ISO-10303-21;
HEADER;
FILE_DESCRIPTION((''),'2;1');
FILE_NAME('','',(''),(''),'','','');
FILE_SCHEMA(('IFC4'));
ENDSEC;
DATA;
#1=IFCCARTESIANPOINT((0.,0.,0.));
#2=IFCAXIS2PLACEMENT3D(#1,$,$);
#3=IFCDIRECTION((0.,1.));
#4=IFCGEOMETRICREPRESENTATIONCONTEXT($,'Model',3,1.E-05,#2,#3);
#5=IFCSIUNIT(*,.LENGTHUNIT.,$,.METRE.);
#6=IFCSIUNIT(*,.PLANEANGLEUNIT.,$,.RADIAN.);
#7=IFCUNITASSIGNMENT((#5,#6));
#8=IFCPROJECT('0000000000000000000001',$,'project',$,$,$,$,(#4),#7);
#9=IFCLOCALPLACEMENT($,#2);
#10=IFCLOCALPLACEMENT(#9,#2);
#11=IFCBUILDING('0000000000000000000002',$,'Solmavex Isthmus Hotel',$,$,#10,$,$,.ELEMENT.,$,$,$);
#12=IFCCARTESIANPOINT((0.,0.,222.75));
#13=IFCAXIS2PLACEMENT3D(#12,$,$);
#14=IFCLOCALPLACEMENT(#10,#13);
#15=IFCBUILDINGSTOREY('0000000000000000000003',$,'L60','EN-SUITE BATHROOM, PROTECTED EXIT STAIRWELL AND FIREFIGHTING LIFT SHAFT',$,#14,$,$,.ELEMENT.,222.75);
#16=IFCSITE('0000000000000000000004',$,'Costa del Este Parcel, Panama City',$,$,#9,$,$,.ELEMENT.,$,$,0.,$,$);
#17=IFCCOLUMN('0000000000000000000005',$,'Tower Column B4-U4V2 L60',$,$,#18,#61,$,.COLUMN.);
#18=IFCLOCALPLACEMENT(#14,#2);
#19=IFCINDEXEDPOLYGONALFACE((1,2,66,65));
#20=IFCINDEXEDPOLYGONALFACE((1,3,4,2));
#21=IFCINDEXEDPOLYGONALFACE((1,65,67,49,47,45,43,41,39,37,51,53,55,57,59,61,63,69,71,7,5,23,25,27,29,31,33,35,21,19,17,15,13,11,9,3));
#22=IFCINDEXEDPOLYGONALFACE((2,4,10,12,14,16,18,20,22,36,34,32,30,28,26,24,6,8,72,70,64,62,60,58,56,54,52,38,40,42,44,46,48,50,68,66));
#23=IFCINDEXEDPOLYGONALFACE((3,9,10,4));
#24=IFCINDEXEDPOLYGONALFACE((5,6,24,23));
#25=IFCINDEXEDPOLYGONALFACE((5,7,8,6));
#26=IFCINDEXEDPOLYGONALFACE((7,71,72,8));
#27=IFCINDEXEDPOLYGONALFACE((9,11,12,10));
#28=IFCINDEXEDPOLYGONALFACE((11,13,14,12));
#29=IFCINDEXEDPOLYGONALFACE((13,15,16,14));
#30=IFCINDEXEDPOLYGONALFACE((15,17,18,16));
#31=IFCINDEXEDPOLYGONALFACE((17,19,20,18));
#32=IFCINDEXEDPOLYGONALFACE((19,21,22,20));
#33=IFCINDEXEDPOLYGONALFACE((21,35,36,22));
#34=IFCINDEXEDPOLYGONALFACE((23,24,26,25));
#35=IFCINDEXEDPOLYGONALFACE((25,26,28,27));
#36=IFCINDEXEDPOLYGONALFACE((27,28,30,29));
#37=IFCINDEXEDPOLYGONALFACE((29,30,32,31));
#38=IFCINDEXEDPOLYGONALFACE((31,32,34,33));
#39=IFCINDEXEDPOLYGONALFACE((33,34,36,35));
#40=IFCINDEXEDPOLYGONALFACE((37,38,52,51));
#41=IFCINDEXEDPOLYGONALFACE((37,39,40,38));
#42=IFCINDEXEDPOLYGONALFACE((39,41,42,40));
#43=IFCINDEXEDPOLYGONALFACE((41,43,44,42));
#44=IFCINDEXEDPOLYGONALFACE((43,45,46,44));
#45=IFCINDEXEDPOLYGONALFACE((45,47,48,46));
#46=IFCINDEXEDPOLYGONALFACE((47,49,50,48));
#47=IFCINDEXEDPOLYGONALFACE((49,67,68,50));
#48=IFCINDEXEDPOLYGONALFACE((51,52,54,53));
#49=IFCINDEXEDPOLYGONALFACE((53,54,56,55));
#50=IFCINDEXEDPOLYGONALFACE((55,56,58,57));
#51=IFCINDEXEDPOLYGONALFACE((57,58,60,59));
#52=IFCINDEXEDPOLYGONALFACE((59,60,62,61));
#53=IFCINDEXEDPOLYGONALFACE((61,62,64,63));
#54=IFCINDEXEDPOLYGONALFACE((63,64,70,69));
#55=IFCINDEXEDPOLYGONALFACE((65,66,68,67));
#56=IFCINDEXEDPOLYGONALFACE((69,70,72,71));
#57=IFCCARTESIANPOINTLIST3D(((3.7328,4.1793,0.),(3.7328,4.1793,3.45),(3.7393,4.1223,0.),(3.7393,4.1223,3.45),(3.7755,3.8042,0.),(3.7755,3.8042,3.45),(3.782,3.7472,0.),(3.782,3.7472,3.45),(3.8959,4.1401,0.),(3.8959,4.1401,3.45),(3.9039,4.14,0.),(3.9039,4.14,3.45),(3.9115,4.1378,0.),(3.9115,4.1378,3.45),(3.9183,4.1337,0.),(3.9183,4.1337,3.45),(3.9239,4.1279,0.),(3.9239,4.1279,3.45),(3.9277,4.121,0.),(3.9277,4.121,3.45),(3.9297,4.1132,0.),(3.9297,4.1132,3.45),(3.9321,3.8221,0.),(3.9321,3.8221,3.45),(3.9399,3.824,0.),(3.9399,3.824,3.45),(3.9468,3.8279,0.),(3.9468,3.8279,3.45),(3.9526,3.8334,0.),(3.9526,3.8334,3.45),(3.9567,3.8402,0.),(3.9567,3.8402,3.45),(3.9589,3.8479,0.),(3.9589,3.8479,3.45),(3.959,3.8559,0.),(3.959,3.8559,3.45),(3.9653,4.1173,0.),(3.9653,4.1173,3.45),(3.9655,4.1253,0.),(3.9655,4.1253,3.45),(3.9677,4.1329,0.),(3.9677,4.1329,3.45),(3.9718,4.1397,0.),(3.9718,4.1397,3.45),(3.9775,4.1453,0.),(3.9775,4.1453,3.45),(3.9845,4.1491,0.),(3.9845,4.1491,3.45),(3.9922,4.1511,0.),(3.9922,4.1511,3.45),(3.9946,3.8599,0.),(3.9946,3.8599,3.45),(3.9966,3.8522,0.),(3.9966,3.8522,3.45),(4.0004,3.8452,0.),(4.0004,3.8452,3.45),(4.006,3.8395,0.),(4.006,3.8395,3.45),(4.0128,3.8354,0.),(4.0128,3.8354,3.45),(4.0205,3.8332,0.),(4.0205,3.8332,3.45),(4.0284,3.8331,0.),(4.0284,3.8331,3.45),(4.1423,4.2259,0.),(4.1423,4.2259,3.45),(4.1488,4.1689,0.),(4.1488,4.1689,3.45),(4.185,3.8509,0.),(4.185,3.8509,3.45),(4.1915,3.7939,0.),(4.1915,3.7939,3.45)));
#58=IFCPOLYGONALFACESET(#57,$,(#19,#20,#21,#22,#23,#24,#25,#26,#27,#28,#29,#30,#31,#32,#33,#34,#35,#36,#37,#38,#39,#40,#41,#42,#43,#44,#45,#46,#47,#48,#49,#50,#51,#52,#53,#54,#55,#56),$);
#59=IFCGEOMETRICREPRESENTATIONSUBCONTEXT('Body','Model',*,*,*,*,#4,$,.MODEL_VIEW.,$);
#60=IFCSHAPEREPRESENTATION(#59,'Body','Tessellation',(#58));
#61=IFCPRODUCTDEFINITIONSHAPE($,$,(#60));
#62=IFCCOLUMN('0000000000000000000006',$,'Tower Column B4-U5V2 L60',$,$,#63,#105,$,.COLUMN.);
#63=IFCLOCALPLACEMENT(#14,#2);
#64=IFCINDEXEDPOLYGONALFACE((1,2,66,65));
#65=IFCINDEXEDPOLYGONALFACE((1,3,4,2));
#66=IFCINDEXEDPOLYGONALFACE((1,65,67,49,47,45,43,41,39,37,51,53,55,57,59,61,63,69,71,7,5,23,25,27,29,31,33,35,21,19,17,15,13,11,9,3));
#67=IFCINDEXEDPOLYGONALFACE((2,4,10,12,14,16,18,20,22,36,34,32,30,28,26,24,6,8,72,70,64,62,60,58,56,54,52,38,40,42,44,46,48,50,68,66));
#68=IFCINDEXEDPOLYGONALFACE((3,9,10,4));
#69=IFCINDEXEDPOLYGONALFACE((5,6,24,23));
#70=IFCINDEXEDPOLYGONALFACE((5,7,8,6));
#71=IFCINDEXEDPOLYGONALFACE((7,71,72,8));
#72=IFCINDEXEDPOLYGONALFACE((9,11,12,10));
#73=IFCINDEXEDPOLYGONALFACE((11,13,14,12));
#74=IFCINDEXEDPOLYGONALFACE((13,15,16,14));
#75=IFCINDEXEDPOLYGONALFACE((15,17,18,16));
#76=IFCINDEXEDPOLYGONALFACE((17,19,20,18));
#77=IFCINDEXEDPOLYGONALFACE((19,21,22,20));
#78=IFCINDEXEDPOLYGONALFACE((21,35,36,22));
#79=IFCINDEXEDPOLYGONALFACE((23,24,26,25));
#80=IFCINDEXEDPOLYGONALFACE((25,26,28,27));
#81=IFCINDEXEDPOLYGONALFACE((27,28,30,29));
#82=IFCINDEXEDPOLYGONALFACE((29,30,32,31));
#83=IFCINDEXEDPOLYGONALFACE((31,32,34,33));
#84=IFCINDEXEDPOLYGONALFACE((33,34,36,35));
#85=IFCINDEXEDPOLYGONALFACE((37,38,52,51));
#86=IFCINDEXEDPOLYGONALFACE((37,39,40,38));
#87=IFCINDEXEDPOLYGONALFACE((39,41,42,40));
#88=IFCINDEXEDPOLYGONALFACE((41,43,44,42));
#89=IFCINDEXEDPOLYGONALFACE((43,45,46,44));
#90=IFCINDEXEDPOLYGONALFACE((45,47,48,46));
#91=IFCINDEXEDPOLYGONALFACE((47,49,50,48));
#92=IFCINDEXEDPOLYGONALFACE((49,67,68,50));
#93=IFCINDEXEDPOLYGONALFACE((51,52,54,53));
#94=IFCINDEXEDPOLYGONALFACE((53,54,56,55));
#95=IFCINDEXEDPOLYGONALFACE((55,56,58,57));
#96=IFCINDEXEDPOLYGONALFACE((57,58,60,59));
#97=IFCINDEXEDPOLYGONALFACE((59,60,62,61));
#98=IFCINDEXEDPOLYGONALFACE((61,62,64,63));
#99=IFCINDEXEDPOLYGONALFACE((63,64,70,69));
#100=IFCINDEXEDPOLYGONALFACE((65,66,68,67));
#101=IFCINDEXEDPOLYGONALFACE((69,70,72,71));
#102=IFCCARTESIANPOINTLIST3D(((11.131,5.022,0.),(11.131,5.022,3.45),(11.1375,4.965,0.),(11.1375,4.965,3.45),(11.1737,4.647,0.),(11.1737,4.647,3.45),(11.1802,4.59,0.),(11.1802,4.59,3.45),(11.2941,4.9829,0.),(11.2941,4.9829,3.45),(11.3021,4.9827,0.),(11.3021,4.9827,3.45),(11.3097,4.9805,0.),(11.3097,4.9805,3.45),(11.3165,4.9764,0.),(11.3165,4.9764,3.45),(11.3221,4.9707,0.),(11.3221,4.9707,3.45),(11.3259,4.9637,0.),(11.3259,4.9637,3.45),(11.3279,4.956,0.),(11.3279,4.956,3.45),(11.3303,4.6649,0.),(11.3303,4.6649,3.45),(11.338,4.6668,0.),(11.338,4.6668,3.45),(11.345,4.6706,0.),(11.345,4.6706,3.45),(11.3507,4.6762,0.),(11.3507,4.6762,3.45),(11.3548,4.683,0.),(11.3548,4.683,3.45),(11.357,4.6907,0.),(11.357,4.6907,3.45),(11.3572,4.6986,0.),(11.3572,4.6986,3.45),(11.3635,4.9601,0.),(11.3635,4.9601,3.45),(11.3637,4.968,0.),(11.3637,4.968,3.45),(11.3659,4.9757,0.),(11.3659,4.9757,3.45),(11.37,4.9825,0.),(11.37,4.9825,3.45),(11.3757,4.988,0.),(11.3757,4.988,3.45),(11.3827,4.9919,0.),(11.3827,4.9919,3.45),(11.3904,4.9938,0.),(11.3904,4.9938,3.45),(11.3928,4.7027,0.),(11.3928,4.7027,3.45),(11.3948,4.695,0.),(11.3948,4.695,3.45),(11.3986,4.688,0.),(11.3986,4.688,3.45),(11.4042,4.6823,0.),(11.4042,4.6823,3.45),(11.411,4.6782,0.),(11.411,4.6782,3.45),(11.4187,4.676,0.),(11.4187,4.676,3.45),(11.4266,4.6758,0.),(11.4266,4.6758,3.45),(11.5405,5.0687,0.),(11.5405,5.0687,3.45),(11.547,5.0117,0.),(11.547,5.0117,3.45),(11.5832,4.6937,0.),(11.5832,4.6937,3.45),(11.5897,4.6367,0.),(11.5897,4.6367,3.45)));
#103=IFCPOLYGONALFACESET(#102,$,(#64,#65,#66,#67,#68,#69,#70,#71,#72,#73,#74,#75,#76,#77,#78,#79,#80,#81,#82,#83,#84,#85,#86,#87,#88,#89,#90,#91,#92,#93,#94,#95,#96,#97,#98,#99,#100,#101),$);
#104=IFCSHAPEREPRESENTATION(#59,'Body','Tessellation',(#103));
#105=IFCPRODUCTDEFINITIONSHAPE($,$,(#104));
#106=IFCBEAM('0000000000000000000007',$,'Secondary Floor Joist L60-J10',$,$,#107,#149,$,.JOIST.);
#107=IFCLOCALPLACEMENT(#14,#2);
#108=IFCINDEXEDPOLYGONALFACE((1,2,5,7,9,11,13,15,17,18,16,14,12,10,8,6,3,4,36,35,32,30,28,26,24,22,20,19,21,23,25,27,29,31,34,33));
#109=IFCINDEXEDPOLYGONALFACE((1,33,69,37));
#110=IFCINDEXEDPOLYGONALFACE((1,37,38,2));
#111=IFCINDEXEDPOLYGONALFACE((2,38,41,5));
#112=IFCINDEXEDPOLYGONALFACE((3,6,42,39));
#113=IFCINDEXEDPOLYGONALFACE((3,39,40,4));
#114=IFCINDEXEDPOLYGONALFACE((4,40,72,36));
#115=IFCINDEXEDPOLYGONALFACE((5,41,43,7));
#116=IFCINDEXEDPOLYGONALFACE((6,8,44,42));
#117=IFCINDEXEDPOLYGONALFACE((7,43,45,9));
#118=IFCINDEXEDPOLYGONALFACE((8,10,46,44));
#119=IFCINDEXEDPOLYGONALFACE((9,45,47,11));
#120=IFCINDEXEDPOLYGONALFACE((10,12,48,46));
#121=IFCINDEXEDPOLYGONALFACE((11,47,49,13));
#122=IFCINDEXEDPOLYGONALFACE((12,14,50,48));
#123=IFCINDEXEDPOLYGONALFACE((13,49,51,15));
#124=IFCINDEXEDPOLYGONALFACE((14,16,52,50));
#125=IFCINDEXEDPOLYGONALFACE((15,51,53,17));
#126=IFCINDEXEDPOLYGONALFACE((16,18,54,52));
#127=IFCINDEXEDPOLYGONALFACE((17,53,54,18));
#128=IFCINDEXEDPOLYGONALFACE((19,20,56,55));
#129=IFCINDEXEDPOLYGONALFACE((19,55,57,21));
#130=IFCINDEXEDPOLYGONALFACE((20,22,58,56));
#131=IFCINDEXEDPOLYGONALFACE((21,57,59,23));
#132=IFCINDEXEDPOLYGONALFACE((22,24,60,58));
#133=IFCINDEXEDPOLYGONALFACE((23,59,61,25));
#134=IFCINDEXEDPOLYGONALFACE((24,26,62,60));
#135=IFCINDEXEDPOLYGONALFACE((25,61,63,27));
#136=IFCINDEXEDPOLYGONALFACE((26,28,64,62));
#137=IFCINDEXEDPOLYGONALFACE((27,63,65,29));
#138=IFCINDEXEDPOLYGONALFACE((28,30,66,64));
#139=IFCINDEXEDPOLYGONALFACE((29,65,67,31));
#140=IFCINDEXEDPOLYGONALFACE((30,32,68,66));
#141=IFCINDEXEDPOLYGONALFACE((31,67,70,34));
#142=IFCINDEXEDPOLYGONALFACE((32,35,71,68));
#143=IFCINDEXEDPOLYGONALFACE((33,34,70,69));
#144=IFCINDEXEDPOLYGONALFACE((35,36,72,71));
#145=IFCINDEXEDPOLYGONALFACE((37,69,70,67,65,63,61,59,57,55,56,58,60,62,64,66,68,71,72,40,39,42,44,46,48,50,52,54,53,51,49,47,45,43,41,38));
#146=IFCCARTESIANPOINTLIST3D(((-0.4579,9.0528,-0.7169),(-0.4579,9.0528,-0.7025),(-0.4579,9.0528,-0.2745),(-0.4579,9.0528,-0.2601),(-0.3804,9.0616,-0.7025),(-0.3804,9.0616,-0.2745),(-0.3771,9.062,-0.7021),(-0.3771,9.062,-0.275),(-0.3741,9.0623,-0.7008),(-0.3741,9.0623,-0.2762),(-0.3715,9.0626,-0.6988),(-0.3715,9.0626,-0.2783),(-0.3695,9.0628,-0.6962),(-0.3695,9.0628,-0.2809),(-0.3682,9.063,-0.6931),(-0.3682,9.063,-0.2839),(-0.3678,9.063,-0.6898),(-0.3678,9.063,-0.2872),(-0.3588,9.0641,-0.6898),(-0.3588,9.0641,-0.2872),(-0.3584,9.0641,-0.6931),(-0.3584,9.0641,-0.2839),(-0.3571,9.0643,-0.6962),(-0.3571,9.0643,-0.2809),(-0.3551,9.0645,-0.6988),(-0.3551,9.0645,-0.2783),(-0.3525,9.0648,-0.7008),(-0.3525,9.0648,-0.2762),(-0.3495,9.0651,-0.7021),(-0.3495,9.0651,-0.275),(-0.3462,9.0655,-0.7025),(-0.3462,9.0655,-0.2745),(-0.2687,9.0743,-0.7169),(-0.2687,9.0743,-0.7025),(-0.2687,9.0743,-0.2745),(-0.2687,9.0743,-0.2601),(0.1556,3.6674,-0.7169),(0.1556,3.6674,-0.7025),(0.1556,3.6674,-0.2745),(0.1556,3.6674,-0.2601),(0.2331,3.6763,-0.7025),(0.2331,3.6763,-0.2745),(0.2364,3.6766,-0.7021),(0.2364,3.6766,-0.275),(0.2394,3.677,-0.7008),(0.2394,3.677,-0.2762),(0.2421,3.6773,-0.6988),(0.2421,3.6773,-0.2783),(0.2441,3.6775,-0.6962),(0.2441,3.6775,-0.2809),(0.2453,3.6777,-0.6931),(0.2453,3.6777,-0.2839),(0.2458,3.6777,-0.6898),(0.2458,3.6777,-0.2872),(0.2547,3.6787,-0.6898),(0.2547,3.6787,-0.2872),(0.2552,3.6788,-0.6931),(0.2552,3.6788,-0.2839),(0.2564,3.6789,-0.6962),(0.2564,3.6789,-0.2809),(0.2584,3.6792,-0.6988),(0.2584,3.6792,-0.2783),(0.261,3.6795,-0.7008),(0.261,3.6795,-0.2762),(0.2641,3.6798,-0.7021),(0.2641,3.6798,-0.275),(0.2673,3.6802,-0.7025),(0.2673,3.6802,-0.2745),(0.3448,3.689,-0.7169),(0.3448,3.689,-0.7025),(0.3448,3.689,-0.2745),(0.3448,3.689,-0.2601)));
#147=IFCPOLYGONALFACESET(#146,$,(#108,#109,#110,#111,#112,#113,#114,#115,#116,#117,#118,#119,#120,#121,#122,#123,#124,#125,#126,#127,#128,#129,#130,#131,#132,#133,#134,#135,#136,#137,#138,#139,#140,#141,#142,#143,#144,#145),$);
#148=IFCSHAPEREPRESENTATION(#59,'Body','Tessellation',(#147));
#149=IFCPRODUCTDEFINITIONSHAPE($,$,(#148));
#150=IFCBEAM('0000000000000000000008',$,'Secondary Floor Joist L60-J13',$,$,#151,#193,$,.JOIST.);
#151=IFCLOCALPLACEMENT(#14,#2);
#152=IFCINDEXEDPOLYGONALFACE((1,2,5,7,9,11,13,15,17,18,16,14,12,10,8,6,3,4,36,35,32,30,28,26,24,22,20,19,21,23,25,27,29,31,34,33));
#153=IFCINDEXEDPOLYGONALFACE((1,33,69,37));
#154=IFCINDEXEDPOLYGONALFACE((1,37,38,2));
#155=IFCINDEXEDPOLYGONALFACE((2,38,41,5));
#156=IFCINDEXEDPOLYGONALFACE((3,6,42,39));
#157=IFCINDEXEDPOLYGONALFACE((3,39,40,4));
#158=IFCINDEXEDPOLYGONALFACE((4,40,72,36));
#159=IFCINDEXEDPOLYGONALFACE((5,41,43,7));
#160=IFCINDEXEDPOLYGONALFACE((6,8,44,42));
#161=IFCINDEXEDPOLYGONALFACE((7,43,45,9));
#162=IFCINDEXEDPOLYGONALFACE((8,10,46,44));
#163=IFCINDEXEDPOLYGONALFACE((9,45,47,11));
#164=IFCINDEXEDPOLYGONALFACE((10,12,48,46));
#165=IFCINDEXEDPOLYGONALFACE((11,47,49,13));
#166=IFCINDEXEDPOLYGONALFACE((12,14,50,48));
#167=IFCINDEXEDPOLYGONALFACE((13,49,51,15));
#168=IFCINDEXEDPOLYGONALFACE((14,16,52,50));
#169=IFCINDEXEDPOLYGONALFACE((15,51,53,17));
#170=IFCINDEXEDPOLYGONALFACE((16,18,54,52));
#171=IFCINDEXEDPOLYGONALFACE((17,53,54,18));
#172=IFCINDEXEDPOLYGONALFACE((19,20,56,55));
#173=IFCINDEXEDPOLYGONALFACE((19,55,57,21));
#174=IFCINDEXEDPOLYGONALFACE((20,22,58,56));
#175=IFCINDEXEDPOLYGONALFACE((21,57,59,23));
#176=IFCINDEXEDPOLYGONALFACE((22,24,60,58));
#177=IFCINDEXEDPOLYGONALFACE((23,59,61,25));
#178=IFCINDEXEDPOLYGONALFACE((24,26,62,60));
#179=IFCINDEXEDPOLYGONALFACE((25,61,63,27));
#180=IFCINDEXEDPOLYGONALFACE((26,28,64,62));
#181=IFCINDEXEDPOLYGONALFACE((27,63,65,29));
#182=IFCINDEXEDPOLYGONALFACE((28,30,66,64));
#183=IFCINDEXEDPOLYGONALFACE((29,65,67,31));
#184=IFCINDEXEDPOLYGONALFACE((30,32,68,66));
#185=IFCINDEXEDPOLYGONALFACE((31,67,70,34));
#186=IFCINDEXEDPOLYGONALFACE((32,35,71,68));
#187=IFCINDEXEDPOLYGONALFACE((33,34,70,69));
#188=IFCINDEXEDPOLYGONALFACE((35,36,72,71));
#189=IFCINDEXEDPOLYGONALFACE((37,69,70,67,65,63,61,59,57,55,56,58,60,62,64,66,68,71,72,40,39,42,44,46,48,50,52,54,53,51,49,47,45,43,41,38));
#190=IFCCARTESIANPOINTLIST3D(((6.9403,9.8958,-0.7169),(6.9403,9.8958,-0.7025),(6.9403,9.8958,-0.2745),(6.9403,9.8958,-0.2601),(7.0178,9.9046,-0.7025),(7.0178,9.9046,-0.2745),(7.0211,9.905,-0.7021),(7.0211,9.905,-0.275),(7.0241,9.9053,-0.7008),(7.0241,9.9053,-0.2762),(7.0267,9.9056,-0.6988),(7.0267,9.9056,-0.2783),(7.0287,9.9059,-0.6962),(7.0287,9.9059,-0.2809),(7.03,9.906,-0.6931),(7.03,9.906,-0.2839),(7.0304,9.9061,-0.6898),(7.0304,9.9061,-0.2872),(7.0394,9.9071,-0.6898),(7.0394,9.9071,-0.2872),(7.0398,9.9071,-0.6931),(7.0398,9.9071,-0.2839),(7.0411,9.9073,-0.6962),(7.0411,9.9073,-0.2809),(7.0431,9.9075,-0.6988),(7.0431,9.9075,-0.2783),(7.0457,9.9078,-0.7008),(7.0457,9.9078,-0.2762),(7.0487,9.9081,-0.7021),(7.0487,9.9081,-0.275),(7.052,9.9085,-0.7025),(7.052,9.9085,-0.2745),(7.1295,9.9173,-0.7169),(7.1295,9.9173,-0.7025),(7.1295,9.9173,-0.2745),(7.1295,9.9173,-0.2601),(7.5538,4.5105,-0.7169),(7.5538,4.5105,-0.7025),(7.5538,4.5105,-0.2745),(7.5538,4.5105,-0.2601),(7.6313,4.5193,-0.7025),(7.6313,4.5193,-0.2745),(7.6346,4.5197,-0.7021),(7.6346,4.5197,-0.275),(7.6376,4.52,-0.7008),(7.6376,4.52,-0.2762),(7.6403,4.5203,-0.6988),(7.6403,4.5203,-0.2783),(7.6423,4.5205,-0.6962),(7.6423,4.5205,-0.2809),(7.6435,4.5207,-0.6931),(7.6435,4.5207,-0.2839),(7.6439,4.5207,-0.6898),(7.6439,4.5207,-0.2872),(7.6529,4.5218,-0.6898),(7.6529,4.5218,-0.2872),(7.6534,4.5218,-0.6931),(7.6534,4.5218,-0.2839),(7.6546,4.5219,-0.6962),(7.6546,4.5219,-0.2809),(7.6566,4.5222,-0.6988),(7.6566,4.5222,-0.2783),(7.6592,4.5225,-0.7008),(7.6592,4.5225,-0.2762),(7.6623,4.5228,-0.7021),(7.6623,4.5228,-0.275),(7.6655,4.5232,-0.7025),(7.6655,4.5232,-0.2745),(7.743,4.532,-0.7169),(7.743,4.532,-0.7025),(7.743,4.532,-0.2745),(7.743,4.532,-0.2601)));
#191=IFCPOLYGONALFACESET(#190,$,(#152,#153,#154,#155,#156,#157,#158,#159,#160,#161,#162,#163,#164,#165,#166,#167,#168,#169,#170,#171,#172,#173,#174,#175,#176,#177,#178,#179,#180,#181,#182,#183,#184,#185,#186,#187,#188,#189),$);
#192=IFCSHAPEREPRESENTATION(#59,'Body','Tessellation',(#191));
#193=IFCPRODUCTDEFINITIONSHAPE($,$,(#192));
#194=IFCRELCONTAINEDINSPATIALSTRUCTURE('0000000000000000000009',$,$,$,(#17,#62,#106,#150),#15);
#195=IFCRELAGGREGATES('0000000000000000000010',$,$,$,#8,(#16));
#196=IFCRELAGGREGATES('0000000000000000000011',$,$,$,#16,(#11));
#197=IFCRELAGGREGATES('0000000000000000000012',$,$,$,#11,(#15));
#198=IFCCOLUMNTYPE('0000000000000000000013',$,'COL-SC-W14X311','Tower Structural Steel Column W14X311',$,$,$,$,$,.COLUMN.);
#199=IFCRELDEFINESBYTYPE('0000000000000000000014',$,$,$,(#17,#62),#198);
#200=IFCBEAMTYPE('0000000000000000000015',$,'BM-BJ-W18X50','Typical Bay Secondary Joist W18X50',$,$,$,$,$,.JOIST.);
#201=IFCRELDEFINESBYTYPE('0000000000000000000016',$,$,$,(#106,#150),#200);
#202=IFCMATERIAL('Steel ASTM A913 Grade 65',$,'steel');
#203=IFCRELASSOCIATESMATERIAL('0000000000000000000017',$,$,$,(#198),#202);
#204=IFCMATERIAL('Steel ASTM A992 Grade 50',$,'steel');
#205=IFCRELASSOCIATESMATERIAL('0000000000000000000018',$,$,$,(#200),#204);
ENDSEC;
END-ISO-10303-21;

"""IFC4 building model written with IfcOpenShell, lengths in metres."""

from ifc_helpers import new_model, si_unit, direction, frame, origin, origin_2d, place, context, subcontext, project, spatial, i_section, extrude, material, material_profile, profile_set, type_object, element, save


model = new_model("IFC4")

# Units and contexts
model_context = context("Model", 3, precision=1e-05, world=origin(), true_north=direction((0.0, 1.0)))
body_context = subcontext(model_context, "Body", "Model", "MODEL_VIEW")
ifc_project = project(units=[si_unit("LENGTHUNIT", "METRE"), si_unit("PLANEANGLEUNIT", "RADIAN")], contexts=[model_context])

# Site, building, storey
site_placement = place(None, origin())
site = spatial("IfcSite", under=ifc_project, at=site_placement, Name="Costa del Este Parcel, Panama City", CompositionType="ELEMENT", RefElevation=0.0)
building_placement = place(site_placement, origin())
building = spatial("IfcBuilding", under=site, at=building_placement, Name="Solmavex Isthmus Hotel", CompositionType="ELEMENT")
storey_placement = place(building_placement, frame((0.0, 0.0, 222.75)))
storey = spatial("IfcBuildingStorey", under=building, at=storey_placement, Name="L60", Description="EN-SUITE BATHROOM, PROTECTED EXIT STAIRWELL AND FIREFIGHTING LIFT SHAFT", CompositionType="ELEMENT", Elevation=222.75)

# Columns
ifc_material_1 = material(Name="Steel ASTM A913 Grade 65", Category="steel")
ifc_material_profile_1 = material_profile(ifc_material_1, i_section(OverallWidth=0.4121, OverallDepth=0.4348, WebThickness=0.0359, FlangeThickness=0.0574, FilletRadius=0.0305, at=origin_2d()), Name="W14X311")
ifc_profile_set_1 = profile_set([ifc_material_profile_1], Name="Steel ASTM A913 Grade 65")
column_type = type_object("IfcColumnType", Name="COL-SC-W14X311", Description="Tower Structural Steel Column W14X311", PredefinedType="COLUMN", material=ifc_profile_set_1)
for number, where, z_axis, x_axis, name in (
    (1, (3.9622, 3.9866, 0.0), (0.0, 0.0, 1.0), (0.993572, 0.113203, 0.0), "Tower Column B4-U4V2 L60"),
    (2, (11.3604, 4.8293, 0.0), (0.0, 0.0, 1.0), (0.993572, 0.113203, 0.0), "Tower Column B4-U5V2 L60"),
):
    element("IfcColumn", number, at=place(storey_placement, frame(where, z_axis=z_axis, x_axis=x_axis)), inside=storey, type_object=column_type, Name=name, PredefinedType="COLUMN", context=body_context, shape_type="SweptSolid", body=[
        extrude(i_section(OverallWidth=0.4121, OverallDepth=0.4348, WebThickness=0.0359, FlangeThickness=0.0574, FilletRadius=0.0305, at=origin_2d()), origin(), (0.0, 0.0, 1.0), 3.45),
    ])

# Beams
ifc_material_2 = material(Name="Steel ASTM A992 Grade 50", Category="steel")
ifc_material_profile_2 = material_profile(ifc_material_2, i_section(OverallWidth=0.1904, OverallDepth=0.4568, WebThickness=0.009, FlangeThickness=0.0144, FilletRadius=0.0127, at=origin_2d()), Name="W18X50")
ifc_profile_set_2 = profile_set([ifc_material_profile_2], Name="Steel ASTM A992 Grade 50")
beam_type_1 = type_object("IfcBeamType", Name="BM-BJ-W18X50", Description="Typical Bay Secondary Joist W18X50", PredefinedType="JOIST", material=ifc_profile_set_2)
for number, where, z_axis, x_axis, name in (
    (3, (0.2502, 3.6782, -0.4885), (-0.113195, 0.993573, 0.0), (-0.993573, -0.113195, 0.0), "Secondary Floor Joist L60-J10"),
    (4, (7.6484, 4.5212, -0.4885), (-0.113195, 0.993573, 0.0), (-0.993573, -0.113195, 0.0), "Secondary Floor Joist L60-J13"),
):
    element("IfcBeam", number, at=place(storey_placement, frame(where, z_axis=z_axis, x_axis=x_axis)), inside=storey, type_object=beam_type_1, Name=name, PredefinedType="JOIST", context=body_context, shape_type="SweptSolid", body=[
        extrude(i_section(OverallWidth=0.1904, OverallDepth=0.4568, WebThickness=0.009, FlangeThickness=0.0144, FilletRadius=0.0127, at=origin_2d()), origin(), (0.0, 0.0, 1.0), 5.4202),
    ])

save(model, "model.ifc")
